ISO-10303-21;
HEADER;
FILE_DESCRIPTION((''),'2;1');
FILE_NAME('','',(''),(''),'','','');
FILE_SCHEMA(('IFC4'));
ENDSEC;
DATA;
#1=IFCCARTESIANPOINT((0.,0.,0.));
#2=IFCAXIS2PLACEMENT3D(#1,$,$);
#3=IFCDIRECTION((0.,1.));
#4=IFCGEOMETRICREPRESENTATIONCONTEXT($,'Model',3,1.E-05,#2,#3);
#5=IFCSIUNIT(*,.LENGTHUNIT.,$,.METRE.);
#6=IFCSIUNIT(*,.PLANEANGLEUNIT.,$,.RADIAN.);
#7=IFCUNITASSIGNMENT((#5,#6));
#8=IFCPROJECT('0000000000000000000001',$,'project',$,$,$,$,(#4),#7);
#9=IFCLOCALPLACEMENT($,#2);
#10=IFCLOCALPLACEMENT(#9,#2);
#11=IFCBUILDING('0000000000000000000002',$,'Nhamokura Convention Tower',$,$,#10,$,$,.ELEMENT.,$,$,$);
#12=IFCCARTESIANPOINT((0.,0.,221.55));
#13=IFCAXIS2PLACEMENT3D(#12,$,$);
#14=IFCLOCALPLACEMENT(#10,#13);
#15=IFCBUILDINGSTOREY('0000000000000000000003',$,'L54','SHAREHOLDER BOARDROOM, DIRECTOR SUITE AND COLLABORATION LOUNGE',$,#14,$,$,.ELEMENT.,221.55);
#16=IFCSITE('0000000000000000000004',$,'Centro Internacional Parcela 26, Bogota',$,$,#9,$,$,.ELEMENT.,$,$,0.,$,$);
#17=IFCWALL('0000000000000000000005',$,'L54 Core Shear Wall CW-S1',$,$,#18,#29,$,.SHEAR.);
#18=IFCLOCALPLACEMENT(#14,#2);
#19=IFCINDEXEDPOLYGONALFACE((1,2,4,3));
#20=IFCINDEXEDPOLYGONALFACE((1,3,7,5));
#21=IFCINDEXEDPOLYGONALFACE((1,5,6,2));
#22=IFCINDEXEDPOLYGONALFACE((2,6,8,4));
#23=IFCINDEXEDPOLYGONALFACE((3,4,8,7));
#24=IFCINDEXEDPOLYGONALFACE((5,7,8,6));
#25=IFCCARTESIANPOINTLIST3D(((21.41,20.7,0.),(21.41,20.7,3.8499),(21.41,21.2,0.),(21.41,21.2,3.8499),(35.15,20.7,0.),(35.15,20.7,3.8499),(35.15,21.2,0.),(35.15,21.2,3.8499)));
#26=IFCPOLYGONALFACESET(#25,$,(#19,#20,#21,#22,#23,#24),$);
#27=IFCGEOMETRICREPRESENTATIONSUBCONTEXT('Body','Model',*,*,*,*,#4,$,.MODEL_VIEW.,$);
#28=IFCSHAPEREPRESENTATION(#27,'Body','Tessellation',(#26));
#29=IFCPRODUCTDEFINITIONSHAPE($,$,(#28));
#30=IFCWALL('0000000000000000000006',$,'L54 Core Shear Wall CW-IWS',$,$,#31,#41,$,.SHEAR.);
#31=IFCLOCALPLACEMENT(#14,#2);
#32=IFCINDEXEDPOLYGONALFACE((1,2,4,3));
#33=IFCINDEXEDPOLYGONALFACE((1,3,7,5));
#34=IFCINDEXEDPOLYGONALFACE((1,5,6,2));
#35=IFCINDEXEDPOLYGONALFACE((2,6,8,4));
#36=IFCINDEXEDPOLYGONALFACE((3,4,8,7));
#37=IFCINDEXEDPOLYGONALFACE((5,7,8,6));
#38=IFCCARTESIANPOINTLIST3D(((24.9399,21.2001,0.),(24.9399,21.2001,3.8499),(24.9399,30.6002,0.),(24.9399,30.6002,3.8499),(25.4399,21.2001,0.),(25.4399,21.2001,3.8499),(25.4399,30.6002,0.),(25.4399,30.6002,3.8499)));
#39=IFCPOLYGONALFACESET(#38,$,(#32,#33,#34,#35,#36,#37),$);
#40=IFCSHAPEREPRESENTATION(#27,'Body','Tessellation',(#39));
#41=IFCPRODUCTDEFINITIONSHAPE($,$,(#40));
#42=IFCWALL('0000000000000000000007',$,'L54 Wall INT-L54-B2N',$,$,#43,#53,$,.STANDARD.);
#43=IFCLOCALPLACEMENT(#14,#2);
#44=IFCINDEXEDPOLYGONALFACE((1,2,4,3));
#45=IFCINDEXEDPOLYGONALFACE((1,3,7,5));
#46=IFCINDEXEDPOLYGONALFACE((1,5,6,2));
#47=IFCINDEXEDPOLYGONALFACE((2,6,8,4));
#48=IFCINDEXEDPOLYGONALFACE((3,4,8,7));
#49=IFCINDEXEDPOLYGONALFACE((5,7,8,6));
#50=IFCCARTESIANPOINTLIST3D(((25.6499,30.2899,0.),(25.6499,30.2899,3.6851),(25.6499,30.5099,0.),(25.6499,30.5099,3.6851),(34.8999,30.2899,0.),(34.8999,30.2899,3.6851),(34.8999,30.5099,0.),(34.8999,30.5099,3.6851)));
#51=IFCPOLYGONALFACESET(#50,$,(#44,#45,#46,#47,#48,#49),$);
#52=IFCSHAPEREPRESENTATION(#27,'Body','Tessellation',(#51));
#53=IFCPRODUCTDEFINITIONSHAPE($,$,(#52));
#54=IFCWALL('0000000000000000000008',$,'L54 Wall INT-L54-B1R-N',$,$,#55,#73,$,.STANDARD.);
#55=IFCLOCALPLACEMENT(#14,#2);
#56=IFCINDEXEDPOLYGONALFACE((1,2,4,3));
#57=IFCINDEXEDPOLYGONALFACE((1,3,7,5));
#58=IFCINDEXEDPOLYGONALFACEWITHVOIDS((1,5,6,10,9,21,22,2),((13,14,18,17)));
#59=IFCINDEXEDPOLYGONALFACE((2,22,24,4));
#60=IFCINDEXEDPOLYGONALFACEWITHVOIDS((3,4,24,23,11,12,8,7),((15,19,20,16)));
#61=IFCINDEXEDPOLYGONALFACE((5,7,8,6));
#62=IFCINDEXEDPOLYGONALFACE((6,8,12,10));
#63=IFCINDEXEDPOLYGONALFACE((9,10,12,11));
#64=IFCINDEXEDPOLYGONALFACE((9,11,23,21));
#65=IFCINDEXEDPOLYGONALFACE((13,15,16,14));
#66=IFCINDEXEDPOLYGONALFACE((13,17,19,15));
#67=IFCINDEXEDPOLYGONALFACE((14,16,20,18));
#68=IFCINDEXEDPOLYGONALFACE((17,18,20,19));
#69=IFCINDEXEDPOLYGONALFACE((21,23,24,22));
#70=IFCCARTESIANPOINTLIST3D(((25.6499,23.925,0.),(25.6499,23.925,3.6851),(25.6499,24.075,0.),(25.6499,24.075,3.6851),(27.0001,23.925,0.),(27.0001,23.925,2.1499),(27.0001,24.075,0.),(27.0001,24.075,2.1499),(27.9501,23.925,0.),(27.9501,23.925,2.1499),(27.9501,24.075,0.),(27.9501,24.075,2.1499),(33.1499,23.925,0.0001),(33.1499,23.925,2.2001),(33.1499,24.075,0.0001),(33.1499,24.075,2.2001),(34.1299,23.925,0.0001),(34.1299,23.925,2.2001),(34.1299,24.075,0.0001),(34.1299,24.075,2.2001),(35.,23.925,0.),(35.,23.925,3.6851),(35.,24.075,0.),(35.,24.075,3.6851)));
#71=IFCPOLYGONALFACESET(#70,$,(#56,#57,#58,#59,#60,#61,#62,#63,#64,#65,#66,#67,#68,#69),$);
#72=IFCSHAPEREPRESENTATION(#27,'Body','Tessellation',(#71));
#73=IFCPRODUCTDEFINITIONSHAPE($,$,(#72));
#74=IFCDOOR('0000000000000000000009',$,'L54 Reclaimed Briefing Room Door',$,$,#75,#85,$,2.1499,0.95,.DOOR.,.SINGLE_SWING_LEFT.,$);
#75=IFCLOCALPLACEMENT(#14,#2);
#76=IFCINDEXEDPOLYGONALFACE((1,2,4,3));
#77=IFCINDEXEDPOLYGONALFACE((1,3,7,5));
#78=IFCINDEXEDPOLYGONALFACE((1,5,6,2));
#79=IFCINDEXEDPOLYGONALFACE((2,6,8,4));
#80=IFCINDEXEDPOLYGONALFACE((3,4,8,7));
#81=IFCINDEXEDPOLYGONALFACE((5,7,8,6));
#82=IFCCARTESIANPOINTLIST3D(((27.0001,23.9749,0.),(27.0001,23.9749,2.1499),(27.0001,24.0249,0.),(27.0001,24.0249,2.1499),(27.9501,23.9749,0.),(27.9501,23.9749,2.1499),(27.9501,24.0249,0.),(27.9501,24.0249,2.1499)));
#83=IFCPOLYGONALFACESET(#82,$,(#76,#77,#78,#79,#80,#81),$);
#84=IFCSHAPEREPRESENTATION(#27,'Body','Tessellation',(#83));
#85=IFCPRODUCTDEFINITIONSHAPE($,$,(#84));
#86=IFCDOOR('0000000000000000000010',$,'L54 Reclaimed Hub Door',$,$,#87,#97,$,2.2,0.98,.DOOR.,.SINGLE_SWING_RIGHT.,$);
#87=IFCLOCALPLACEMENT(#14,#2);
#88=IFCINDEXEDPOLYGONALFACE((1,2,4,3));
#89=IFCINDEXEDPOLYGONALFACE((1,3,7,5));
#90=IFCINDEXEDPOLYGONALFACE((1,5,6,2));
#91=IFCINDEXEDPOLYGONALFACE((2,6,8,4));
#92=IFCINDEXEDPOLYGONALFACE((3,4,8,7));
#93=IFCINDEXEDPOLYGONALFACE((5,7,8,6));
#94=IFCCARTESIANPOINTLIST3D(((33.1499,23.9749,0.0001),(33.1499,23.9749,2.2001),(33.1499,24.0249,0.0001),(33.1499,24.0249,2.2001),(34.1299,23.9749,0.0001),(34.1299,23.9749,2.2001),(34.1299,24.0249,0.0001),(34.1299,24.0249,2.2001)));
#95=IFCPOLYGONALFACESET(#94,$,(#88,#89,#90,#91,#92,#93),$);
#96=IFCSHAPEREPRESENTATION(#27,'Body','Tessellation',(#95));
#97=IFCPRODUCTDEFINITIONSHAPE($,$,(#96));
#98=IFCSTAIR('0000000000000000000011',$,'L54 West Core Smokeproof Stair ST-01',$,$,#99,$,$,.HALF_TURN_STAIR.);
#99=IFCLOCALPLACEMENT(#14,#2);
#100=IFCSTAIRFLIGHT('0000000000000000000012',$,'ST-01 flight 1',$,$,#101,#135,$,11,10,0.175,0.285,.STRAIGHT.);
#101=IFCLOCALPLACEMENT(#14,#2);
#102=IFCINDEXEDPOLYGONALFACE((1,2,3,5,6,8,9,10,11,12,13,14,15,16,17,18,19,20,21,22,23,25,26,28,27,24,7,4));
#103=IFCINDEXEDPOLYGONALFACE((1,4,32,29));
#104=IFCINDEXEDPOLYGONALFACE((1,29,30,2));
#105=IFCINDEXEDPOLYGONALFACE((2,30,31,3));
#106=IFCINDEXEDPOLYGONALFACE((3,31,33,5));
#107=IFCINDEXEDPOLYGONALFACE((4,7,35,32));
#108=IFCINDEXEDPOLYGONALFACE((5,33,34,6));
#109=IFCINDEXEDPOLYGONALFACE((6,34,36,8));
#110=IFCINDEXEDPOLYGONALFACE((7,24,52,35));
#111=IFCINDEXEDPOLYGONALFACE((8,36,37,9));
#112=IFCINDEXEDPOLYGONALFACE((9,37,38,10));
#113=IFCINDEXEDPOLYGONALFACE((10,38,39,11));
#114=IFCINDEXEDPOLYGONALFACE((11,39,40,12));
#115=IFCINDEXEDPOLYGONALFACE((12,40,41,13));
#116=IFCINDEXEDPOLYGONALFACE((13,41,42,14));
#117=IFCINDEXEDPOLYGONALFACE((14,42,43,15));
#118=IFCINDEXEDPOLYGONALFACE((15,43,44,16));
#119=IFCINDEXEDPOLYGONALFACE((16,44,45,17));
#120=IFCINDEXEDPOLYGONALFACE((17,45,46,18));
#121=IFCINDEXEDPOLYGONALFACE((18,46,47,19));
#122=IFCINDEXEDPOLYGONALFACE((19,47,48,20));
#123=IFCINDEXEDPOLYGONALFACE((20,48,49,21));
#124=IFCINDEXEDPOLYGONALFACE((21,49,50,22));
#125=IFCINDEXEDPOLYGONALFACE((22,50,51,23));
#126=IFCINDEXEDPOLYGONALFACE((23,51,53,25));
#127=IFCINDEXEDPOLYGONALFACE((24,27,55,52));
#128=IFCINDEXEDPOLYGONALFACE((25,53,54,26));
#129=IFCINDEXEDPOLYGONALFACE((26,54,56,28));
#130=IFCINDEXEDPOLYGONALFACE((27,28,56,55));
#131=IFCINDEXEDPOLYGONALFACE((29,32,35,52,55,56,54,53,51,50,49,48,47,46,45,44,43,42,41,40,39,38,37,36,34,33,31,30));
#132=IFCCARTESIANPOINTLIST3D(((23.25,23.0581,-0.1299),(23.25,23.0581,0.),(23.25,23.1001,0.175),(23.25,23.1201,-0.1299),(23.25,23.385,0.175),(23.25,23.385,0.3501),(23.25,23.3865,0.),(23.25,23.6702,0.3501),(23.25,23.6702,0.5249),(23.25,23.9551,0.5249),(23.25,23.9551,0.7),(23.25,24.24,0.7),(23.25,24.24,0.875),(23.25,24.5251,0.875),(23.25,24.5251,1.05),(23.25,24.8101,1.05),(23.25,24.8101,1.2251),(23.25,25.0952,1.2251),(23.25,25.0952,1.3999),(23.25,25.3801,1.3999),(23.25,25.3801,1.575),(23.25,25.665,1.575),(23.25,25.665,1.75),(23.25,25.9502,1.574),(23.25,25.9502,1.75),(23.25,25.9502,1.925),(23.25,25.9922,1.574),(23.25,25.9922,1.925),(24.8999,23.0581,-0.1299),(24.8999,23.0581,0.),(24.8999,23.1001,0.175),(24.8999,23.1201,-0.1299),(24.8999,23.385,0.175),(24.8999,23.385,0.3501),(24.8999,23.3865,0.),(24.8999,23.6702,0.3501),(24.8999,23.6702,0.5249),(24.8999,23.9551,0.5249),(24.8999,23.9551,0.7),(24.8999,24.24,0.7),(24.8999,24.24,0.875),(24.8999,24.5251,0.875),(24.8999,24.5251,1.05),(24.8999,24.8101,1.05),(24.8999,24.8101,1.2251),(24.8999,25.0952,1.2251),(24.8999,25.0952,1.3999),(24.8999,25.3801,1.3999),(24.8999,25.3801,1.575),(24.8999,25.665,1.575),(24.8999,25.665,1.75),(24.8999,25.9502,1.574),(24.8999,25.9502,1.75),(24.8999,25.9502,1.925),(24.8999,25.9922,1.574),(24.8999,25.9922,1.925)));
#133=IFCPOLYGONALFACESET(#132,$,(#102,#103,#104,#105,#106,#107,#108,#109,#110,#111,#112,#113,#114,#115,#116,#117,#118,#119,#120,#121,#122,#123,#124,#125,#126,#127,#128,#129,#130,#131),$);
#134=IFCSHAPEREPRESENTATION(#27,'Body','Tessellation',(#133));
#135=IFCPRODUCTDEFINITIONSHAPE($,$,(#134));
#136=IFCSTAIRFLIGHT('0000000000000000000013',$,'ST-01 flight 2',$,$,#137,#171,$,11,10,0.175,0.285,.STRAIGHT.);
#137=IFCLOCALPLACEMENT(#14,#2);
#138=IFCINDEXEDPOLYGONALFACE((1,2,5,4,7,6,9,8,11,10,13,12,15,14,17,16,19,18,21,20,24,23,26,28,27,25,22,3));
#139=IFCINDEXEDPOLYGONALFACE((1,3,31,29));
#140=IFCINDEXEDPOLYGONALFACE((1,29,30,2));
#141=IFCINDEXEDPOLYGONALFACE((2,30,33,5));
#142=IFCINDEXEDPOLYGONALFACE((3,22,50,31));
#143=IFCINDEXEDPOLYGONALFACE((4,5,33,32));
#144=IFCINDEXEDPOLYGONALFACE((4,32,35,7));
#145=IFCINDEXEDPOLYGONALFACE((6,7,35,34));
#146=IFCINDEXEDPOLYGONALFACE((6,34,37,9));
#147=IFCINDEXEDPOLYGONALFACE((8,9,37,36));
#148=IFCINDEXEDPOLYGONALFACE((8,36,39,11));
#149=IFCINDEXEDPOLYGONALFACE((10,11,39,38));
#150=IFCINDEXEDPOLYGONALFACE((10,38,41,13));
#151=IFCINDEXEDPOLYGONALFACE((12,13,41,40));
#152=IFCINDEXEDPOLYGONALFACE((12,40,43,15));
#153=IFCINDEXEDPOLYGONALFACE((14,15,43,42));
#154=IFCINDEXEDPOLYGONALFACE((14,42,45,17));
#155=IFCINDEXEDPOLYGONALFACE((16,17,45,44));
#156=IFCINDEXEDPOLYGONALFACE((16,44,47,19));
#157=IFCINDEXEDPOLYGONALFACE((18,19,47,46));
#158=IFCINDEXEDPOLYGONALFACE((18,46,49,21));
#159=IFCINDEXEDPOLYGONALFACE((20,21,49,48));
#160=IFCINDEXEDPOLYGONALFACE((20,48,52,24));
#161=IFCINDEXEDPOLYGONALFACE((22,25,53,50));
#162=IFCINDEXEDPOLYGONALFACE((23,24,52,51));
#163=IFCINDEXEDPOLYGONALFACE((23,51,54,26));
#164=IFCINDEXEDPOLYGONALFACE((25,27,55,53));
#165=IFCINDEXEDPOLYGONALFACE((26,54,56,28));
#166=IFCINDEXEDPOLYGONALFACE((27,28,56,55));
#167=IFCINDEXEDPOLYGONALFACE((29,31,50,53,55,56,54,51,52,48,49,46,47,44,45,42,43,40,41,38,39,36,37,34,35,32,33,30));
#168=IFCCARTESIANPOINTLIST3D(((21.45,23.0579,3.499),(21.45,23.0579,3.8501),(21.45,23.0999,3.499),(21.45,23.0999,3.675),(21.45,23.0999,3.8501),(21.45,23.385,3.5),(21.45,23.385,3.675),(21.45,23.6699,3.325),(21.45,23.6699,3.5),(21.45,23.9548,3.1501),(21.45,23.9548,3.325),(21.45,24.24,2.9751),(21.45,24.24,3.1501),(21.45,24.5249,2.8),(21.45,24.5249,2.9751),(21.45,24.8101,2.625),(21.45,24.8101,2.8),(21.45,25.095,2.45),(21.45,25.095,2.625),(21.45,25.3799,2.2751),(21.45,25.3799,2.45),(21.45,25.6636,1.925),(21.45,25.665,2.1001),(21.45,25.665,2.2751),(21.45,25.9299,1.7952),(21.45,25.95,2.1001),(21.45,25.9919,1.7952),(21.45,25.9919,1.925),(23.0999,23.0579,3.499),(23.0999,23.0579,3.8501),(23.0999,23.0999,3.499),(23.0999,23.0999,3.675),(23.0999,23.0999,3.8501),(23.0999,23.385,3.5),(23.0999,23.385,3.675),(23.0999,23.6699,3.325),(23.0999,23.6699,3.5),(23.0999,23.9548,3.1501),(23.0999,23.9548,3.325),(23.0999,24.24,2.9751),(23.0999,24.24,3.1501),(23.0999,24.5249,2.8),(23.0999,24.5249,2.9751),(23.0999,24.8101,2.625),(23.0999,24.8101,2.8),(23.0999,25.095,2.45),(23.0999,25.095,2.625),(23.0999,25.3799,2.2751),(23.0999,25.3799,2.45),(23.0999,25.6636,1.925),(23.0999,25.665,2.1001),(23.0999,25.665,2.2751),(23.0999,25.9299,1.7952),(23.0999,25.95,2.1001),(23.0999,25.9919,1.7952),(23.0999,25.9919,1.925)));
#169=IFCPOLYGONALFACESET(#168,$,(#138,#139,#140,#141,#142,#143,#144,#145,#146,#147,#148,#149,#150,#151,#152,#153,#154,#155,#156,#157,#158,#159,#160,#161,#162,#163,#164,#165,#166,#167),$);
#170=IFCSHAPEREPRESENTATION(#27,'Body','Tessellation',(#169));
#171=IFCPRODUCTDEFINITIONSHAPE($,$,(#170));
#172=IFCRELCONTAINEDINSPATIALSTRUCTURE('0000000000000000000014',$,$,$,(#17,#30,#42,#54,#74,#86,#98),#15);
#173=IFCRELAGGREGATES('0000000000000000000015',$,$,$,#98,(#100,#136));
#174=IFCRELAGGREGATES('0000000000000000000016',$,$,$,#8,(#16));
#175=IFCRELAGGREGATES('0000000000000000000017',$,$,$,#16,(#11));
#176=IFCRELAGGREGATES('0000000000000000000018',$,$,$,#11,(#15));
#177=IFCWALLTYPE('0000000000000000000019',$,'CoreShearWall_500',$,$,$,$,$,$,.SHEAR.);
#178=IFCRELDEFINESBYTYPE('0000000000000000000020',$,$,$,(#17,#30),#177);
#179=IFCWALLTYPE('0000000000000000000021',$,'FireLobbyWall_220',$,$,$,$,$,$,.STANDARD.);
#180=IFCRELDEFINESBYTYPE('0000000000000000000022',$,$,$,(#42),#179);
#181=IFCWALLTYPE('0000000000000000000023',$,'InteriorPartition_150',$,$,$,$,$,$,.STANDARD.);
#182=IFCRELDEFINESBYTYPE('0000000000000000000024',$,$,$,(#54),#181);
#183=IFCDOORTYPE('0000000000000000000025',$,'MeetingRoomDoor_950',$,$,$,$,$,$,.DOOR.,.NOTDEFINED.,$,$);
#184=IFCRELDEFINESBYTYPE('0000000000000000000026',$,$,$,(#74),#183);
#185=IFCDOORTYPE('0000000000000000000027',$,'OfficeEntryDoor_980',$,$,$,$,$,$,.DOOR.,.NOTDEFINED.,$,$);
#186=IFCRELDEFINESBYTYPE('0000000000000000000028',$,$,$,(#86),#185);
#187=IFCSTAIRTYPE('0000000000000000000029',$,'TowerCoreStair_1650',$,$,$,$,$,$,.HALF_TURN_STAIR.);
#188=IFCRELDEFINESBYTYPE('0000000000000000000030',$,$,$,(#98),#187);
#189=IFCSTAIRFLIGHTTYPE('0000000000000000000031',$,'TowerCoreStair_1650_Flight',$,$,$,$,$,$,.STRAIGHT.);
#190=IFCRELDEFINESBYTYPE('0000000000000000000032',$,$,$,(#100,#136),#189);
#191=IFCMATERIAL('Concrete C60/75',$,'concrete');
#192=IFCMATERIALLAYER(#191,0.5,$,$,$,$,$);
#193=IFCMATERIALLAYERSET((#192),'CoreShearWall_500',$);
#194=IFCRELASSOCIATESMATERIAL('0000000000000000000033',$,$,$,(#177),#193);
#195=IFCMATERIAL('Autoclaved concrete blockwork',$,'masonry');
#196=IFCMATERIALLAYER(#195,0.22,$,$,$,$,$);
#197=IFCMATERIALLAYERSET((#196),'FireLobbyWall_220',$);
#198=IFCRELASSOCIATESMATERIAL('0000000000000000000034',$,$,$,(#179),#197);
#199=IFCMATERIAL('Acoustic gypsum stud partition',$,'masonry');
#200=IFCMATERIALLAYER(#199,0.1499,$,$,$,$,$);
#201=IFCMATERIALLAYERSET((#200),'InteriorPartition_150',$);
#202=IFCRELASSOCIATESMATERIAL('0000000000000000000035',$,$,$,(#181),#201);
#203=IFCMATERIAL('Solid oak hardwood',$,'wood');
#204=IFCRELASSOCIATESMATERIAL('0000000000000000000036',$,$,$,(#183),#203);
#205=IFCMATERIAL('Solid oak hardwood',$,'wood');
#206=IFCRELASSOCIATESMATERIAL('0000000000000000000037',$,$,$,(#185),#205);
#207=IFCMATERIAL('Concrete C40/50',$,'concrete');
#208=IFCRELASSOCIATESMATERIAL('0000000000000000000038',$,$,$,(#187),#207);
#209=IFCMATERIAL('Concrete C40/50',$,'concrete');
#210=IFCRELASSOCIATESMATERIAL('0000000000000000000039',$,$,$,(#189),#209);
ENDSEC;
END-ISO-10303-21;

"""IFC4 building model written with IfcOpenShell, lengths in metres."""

from ifc_helpers import new_model, si_unit, direction, frame, frame_2d, origin, place, context, subcontext, project, spatial, polyline, rectangle, outline, extrude, material, layer, layer_set, type_object, element, fill, aggregate, save


model = new_model("IFC4")

# Units and contexts
model_context = context("Model", 3, precision=1e-05, world=origin(), true_north=direction((0.0, 1.0)))
body_context = subcontext(model_context, "Body", "Model", "MODEL_VIEW")
ifc_project = project(units=[si_unit("LENGTHUNIT", "METRE"), si_unit("PLANEANGLEUNIT", "RADIAN")], contexts=[model_context])

# Site, building, storey
site_placement = place(None, origin())
site = spatial("IfcSite", under=ifc_project, at=site_placement, Name="Centro Internacional Parcela 26, Bogota", CompositionType="ELEMENT", RefElevation=0.0)
building_placement = place(site_placement, origin())
building = spatial("IfcBuilding", under=site, at=building_placement, Name="Nhamokura Convention Tower", CompositionType="ELEMENT")
storey_placement = place(building_placement, frame((0.0, 0.0, 221.55)))
storey = spatial("IfcBuildingStorey", under=building, at=storey_placement, Name="L54", Description="SHAREHOLDER BOARDROOM, DIRECTOR SUITE AND COLLABORATION LOUNGE", CompositionType="ELEMENT", Elevation=221.55)

# Shared definitions
ifc_material_1 = material(Name="Concrete C60/75", Category="concrete")
ifc_layer_1 = layer(ifc_material_1, 0.5)
ifc_layer_set_1 = layer_set([ifc_layer_1], Name="CoreShearWall_500")
wall_type_1 = type_object("IfcWallType", Name="CoreShearWall_500", PredefinedType="SHEAR", material=ifc_layer_set_1)

# Walls
wall_1_placement = place(storey_placement, frame((21.4099, 20.95, 0.0), z_axis=(0.0, 0.0, 1.0), x_axis=(1.0, 0.0, 0.0)))
element("IfcWall", 1, at=wall_1_placement, inside=storey, type_object=wall_type_1, Name="L54 Core Shear Wall CW-S1", PredefinedType="SHEAR", context=body_context, shape_type="SweptSolid", body=[
    extrude(rectangle(XDim=13.74, YDim=0.5, at=frame_2d((6.8701, 0.0))), origin(), (0.0, 0.0, 1.0), 3.8499),
])
wall_2_placement = place(storey_placement, frame((25.1899, 21.2, 0.0), z_axis=(0.0, 0.0, 1.0), x_axis=(0.0, 1.0, 0.0)))
element("IfcWall", 2, at=wall_2_placement, inside=storey, type_object=wall_type_1, Name="L54 Core Shear Wall CW-IWS", PredefinedType="SHEAR", context=body_context, shape_type="SweptSolid", body=[
    extrude(rectangle(XDim=9.4001, YDim=0.5, at=frame_2d((4.7002, 0.0))), origin(), (0.0, 0.0, 1.0), 3.8499),
])

# Shared definitions
ifc_material_2 = material(Name="Autoclaved concrete blockwork", Category="masonry")
ifc_layer_2 = layer(ifc_material_2, 0.22)
ifc_layer_set_2 = layer_set([ifc_layer_2], Name="FireLobbyWall_220")
wall_type_2 = type_object("IfcWallType", Name="FireLobbyWall_220", PredefinedType="STANDARD", material=ifc_layer_set_2)

# Wall
wall_3_placement = place(storey_placement, frame((25.6499, 30.3999, 0.0), z_axis=(0.0, 0.0, 1.0), x_axis=(1.0, 0.0, 0.0)))
element("IfcWall", 3, at=wall_3_placement, inside=storey, type_object=wall_type_2, Name="L54 Wall INT-L54-B2N", PredefinedType="STANDARD", context=body_context, shape_type="SweptSolid", body=[
    extrude(rectangle(XDim=9.25, YDim=0.22, at=frame_2d((4.625, 0.0))), origin(), (0.0, 0.0, 1.0), 3.6851),
])

# Wall, openings, doors
ifc_material_3 = material(Name="Acoustic gypsum stud partition", Category="masonry")
ifc_layer_3 = layer(ifc_material_3, 0.1499)
ifc_layer_set_3 = layer_set([ifc_layer_3], Name="InteriorPartition_150")
wall_type_3 = type_object("IfcWallType", Name="InteriorPartition_150", PredefinedType="STANDARD", material=ifc_layer_set_3)
wall_4_placement = place(storey_placement, frame((25.6499, 24.0, 0.0), z_axis=(0.0, 0.0, 1.0), x_axis=(1.0, 0.0, 0.0)))
wall_4 = element("IfcWall", 4, at=wall_4_placement, inside=storey, type_object=wall_type_3, Name="L54 Wall INT-L54-B1R-N", PredefinedType="STANDARD", context=body_context, shape_type="SweptSolid", body=[
    extrude(rectangle(XDim=9.3501, YDim=0.1499, at=frame_2d((4.675, 0.0))), origin(), (0.0, 0.0, 1.0), 3.6851),
])
opening_1_placement = place(wall_4_placement, frame((1.3501, 0.0, 0.0)))
opening_1 = element("IfcOpeningElement", 5, at=opening_1_placement, cuts=wall_4, PredefinedType="OPENING", context=body_context, shape_type="SweptSolid", body=[
    extrude(rectangle(XDim=0.95, YDim=2.1499, at=frame_2d((0.4751, 1.075))), frame((0.0, 0.085, 0.0), z_axis=(0.0, -1.0, 0.0), x_axis=(1.0, 0.0, 0.0)), (0.0, 0.0, 1.0), 0.1699),
])
opening_2_placement = place(wall_4_placement, frame((7.5, 0.0, 0.0)))
opening_2 = element("IfcOpeningElement", 6, at=opening_2_placement, cuts=wall_4, PredefinedType="OPENING", context=body_context, shape_type="SweptSolid", body=[
    extrude(rectangle(XDim=0.98, YDim=2.2, at=frame_2d((0.49, 1.1001))), frame((0.0, 0.085, 0.0), z_axis=(0.0, -1.0, 0.0), x_axis=(1.0, 0.0, 0.0)), (0.0, 0.0, 1.0), 0.1699),
])
ifc_material_4 = material(Name="Solid oak hardwood", Category="wood")
door_type_1 = type_object("IfcDoorType", Name="MeetingRoomDoor_950", OperationType="NOTDEFINED", PredefinedType="DOOR", material=ifc_material_4)
door_1_placement = place(opening_1_placement, origin())
door_1 = element("IfcDoor", 7, at=door_1_placement, inside=storey, type_object=door_type_1, Name="L54 Reclaimed Briefing Room Door", OperationType="SINGLE_SWING_LEFT", OverallHeight=2.1499, OverallWidth=0.95, PredefinedType="DOOR", context=body_context, shape_type="SweptSolid", body=[
    extrude(rectangle(XDim=0.95, YDim=2.1499, at=frame_2d((0.4751, 1.075))), frame((0.0, 0.0249, 0.0), z_axis=(0.0, -1.0, 0.0), x_axis=(1.0, 0.0, 0.0)), (0.0, 0.0, 1.0), 0.05),
])
fill(opening_1, door_1)
ifc_material_5 = material(Name="Solid oak hardwood", Category="wood")
door_type_2 = type_object("IfcDoorType", Name="OfficeEntryDoor_980", OperationType="NOTDEFINED", PredefinedType="DOOR", material=ifc_material_5)
door_2_placement = place(opening_2_placement, origin())
door_2 = element("IfcDoor", 8, at=door_2_placement, inside=storey, type_object=door_type_2, Name="L54 Reclaimed Hub Door", OperationType="SINGLE_SWING_RIGHT", OverallHeight=2.2, OverallWidth=0.98, PredefinedType="DOOR", context=body_context, shape_type="SweptSolid", body=[
    extrude(rectangle(XDim=0.98, YDim=2.2, at=frame_2d((0.49, 1.1001))), frame((0.0, 0.0249, 0.0), z_axis=(0.0, -1.0, 0.0), x_axis=(1.0, 0.0, 0.0)), (0.0, 0.0, 1.0), 0.05),
])
fill(opening_2, door_2)

# Stair, stair flights
ifc_material_6 = material(Name="Concrete C40/50", Category="concrete")
stair_type = type_object("IfcStairType", Name="TowerCoreStair_1650", PredefinedType="HALF_TURN_STAIR", material=ifc_material_6)
stair_placement = place(storey_placement, origin())
stair = element("IfcStair", 9, at=stair_placement, inside=storey, type_object=stair_type, Name="L54 West Core Smokeproof Stair ST-01", PredefinedType="HALF_TURN_STAIR")
ifc_material_7 = material(Name="Concrete C40/50", Category="concrete")
stair_flight_type = type_object("IfcStairFlightType", Name="TowerCoreStair_1650_Flight", PredefinedType="STRAIGHT", material=ifc_material_7)
stair_flight_1_placement = place(storey_placement, frame((24.075, 23.1001, 0.0), z_axis=(0.0, 0.0, 1.0), x_axis=(0.0, 1.0, 0.0)))
stair_flight_1 = element("IfcStairFlight", 10, at=stair_flight_1_placement, type_object=stair_flight_type, Name="ST-01 flight 1", NumberOfRisers=11, NumberOfTreads=10, PredefinedType="STRAIGHT", RiserHeight=0.175, TreadLength=0.285, context=body_context, shape_type="SweptSolid", body=[
    extrude(outline(polyline([(-0.042, 0.0), (0.0, 0.175), (0.2849, 0.175), (0.2849, 0.3501), (0.5701, 0.3501), (0.5701, 0.5249), (0.855, 0.5249), (0.855, 0.7), (1.1399, 0.7), (1.1399, 0.875), (1.425, 0.875), (1.425, 1.05), (1.71, 1.05), (1.71, 1.2251), (1.9951, 1.2251), (1.9951, 1.3999), (2.28, 1.3999), (2.28, 1.575), (2.5649, 1.575), (2.5649, 1.75), (2.8501, 1.75), (2.8501, 1.925), (2.8921, 1.925), (2.8921, 1.574), (2.8501, 1.574), (0.2864, 0.0), (0.02, -0.1299), (-0.042, -0.1299), (-0.042, 0.0)])), frame((0.0, 0.825, 0.0), z_axis=(0.0, -1.0, 0.0), x_axis=(1.0, 0.0, 0.0)), (0.0, 0.0, 1.0), 1.6499),
])
stair_flight_2_placement = place(storey_placement, frame((22.2749, 25.95, 1.925), z_axis=(0.0, 0.0, 1.0), x_axis=(0.0, -1.0, 0.0)))
stair_flight_2 = element("IfcStairFlight", 11, at=stair_flight_2_placement, type_object=stair_flight_type, Name="ST-01 flight 2", NumberOfRisers=11, NumberOfTreads=10, PredefinedType="STRAIGHT", RiserHeight=0.175, TreadLength=0.285, context=body_context, shape_type="SweptSolid", body=[
    extrude(outline(polyline([(-0.042, 0.0), (0.0, 0.175), (0.2849, 0.175), (0.2849, 0.3501), (0.5701, 0.3501), (0.5701, 0.5249), (0.855, 0.5249), (0.855, 0.7), (1.1399, 0.7), (1.1399, 0.875), (1.425, 0.875), (1.425, 1.05), (1.71, 1.05), (1.71, 1.2251), (1.9951, 1.2251), (1.9951, 1.3999), (2.28, 1.3999), (2.28, 1.575), (2.5649, 1.575), (2.5649, 1.75), (2.8501, 1.75), (2.8501, 1.925), (2.8921, 1.925), (2.8921, 1.574), (2.8501, 1.574), (0.2864, 0.0), (0.02, -0.1299), (-0.042, -0.1299), (-0.042, 0.0)])), frame((0.0, 0.825, 0.0), z_axis=(0.0, -1.0, 0.0), x_axis=(1.0, 0.0, 0.0)), (0.0, 0.0, 1.0), 1.6499),
])
aggregate(stair, [stair_flight_1, stair_flight_2])

save(model, "model.ifc")
